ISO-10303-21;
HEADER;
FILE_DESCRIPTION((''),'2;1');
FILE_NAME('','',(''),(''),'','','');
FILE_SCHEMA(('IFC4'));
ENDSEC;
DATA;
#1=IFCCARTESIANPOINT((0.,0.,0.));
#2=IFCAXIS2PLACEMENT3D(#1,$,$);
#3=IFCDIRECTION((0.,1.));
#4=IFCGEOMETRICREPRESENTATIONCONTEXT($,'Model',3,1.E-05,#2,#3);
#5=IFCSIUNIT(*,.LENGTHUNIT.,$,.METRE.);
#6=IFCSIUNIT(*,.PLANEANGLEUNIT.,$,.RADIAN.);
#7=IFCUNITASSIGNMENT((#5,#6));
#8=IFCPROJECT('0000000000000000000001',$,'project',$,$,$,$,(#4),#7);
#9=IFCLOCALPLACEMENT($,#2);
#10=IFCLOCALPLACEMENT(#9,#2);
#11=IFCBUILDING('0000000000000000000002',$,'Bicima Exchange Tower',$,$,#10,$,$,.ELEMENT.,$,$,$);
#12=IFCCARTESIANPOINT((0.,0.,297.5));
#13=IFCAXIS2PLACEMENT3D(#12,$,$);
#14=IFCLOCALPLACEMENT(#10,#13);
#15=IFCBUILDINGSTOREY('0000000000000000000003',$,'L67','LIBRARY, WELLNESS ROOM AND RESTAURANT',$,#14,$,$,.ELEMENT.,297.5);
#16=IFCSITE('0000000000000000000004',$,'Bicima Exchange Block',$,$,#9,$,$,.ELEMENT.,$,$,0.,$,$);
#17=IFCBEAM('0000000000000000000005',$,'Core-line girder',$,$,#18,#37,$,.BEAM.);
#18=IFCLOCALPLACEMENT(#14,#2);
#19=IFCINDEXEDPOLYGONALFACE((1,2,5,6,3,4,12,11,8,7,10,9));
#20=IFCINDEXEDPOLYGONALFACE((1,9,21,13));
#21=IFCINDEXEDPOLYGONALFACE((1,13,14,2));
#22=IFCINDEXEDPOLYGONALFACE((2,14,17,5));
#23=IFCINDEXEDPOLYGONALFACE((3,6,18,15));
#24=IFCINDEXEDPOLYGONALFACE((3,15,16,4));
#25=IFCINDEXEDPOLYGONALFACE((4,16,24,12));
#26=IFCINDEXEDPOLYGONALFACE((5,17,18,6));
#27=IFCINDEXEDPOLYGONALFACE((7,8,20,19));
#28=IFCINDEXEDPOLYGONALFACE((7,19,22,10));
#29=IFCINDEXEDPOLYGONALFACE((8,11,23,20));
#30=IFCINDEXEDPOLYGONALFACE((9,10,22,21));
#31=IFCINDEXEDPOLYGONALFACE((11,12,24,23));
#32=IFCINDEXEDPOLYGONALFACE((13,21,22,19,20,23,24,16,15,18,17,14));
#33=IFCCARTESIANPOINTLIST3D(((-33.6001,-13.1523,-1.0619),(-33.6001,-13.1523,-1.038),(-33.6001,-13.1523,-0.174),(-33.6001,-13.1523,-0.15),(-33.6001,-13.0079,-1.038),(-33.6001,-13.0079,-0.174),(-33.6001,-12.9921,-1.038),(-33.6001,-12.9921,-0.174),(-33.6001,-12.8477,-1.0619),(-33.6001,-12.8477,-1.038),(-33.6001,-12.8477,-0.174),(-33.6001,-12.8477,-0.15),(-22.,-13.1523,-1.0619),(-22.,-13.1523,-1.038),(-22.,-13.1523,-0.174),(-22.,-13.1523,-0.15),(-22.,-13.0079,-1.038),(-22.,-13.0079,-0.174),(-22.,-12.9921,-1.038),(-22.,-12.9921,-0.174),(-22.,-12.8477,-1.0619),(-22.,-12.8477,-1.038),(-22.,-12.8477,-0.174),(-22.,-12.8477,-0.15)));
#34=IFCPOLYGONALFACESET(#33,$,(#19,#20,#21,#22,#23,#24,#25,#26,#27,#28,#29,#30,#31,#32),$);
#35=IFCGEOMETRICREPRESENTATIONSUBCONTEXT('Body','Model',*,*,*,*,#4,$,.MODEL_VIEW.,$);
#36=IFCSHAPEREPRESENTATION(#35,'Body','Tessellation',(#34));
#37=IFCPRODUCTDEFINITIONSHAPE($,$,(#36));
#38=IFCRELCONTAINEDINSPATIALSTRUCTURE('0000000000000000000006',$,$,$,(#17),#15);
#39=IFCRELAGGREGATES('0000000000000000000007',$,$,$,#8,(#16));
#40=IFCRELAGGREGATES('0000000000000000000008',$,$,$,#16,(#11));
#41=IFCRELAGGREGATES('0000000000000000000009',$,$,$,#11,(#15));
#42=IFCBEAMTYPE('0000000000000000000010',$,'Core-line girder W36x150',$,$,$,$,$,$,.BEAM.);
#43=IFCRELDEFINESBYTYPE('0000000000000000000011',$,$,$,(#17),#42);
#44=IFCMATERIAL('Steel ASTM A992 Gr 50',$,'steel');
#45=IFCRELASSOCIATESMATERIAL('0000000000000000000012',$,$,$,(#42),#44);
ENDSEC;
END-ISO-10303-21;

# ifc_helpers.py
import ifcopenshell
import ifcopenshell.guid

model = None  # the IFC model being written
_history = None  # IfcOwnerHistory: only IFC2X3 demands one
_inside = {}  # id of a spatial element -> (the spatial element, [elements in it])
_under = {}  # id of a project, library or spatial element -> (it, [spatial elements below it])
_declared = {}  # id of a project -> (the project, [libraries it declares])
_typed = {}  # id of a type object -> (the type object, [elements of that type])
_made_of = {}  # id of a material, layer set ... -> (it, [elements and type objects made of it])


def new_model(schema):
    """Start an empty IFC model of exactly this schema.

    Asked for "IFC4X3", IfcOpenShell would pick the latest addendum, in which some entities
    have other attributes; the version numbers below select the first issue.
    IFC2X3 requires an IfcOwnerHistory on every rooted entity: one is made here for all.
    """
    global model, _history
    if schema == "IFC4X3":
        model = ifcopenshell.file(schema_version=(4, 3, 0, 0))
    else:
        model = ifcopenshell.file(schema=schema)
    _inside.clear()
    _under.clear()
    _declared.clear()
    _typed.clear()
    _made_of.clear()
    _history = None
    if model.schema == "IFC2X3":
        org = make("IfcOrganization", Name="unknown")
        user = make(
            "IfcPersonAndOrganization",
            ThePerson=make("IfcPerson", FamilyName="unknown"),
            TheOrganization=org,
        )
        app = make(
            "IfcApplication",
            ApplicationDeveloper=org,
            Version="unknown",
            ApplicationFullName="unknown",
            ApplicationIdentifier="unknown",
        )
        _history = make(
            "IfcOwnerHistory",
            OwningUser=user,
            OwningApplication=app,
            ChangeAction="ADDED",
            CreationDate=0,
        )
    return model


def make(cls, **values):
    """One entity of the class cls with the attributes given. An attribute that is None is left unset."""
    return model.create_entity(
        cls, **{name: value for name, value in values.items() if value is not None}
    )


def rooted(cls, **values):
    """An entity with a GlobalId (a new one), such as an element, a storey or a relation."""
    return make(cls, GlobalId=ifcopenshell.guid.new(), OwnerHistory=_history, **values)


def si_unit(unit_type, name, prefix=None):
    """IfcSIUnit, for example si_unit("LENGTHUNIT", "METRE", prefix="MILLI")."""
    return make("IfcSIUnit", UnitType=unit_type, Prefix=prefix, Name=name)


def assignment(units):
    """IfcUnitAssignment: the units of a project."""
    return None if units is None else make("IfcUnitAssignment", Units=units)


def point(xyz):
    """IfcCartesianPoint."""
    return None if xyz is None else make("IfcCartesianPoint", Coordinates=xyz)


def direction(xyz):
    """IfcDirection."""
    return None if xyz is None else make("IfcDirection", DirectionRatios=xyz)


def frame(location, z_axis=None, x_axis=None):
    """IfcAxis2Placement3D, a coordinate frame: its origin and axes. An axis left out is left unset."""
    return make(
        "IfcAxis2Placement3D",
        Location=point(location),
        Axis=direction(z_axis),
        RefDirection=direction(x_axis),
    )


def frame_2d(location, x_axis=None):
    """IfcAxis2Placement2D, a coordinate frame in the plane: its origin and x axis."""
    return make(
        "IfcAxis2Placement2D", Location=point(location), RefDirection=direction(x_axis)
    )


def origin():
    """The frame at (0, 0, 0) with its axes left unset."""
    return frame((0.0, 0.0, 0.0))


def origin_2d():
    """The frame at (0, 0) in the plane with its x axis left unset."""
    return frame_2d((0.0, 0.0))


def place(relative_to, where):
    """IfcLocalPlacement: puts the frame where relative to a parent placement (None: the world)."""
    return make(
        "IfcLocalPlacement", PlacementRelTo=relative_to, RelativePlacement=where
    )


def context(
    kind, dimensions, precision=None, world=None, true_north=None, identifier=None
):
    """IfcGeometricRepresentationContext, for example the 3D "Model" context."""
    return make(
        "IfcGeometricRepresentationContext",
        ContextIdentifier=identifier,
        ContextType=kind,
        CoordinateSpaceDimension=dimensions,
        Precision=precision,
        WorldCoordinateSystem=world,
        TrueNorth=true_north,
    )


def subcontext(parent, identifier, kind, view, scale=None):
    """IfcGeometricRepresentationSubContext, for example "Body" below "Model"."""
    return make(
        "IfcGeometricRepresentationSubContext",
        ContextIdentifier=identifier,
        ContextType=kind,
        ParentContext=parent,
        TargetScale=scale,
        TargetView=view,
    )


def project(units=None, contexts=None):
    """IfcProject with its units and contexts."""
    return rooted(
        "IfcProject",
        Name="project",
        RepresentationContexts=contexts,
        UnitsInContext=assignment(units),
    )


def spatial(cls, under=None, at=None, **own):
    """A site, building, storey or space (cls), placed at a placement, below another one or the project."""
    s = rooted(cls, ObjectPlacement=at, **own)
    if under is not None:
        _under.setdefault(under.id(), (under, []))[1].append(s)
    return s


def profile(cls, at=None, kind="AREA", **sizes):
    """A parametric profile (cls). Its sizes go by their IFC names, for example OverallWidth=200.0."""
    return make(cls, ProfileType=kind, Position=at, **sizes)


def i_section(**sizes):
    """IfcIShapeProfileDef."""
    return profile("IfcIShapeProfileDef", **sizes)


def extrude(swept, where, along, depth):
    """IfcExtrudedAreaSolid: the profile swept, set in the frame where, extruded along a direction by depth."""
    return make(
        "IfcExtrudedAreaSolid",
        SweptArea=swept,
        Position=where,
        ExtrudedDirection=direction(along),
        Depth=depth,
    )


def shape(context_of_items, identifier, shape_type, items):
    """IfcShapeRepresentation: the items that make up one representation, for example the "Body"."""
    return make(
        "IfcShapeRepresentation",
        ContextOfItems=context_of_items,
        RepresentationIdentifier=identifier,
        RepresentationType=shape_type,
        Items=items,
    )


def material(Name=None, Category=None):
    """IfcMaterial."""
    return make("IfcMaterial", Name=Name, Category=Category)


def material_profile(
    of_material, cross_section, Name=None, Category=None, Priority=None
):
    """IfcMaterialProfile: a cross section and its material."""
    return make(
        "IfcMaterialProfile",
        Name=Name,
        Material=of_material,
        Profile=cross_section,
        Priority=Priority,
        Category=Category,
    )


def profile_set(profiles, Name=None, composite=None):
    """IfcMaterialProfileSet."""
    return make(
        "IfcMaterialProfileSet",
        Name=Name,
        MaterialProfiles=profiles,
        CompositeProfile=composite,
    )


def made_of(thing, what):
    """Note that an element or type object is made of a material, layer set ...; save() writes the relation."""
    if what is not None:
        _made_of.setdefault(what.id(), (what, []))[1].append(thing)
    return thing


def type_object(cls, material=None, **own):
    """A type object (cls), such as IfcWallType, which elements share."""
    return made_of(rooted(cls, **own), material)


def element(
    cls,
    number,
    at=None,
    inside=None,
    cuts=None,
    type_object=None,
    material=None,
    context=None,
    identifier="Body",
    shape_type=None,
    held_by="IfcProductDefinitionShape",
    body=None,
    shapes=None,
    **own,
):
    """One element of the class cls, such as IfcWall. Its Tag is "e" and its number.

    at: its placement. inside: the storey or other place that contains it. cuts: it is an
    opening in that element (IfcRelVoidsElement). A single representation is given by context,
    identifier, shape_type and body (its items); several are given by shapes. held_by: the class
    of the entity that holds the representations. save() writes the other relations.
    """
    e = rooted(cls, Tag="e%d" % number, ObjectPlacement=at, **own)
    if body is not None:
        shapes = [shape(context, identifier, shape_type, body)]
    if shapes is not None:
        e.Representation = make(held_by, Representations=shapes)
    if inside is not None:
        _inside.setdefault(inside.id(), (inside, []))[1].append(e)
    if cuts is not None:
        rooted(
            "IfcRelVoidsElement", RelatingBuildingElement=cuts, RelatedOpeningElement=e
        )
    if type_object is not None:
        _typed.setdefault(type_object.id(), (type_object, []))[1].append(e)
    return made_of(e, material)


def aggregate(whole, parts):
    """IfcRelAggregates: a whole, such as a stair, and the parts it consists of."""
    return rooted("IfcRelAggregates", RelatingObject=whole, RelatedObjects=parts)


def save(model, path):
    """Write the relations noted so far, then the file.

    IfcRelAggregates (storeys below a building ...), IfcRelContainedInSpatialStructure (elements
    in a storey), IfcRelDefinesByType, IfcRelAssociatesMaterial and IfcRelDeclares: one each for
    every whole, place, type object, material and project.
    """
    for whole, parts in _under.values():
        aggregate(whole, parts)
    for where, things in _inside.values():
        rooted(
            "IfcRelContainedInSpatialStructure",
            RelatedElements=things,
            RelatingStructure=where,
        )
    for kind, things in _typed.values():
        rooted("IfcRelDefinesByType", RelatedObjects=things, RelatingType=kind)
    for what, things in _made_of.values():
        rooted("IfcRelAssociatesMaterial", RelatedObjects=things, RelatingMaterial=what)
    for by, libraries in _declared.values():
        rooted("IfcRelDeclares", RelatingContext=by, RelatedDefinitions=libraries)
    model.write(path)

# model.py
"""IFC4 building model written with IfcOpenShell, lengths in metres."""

from ifc_helpers import new_model, si_unit, direction, frame, origin, origin_2d, place, context, subcontext, project, spatial, i_section, extrude, material, material_profile, profile_set, type_object, element, save


model = new_model("IFC4")

# Units and contexts
model_context = context("Model", 3, precision=1e-05, world=origin(), true_north=direction((0.0, 1.0)))
body_context = subcontext(model_context, "Body", "Model", "MODEL_VIEW")
ifc_project = project(units=[si_unit("LENGTHUNIT", "METRE"), si_unit("PLANEANGLEUNIT", "RADIAN")], contexts=[model_context])

# Site, building, storey
site_placement = place(None, origin())
site = spatial("IfcSite", under=ifc_project, at=site_placement, Name="Bicima Exchange Block", CompositionType="ELEMENT", RefElevation=0.0)
building_placement = place(site_placement, origin())
building = spatial("IfcBuilding", under=site, at=building_placement, Name="Bicima Exchange Tower", CompositionType="ELEMENT")
storey_placement = place(building_placement, frame((0.0, 0.0, 297.5)))
storey = spatial("IfcBuildingStorey", under=building, at=storey_placement, Name="L67", Description="LIBRARY, WELLNESS ROOM AND RESTAURANT", CompositionType="ELEMENT", Elevation=297.5)

# Beam
ifc_material_1 = material(Name="Steel ASTM A992 Gr 50", Category="steel")
ifc_material_profile = material_profile(ifc_material_1, i_section(OverallWidth=0.3047, OverallDepth=0.9119, WebThickness=0.0159, FlangeThickness=0.0239, at=origin_2d()))
ifc_profile_set = profile_set([ifc_material_profile], Name="Steel ASTM A992 Gr 50")
beam_type = type_object("IfcBeamType", Name="Core-line girder W36x150", PredefinedType="BEAM", material=ifc_profile_set)
beam_placement = place(storey_placement, frame((-22.0, -13.0, -0.606), z_axis=(-1.0, 0.0, 0.0), x_axis=(0.0, -1.0, 0.0)))
element("IfcBeam", 1, at=beam_placement, inside=storey, type_object=beam_type, Name="Core-line girder", PredefinedType="BEAM", context=body_context, shape_type="SweptSolid", body=[
    extrude(i_section(OverallWidth=0.3047, OverallDepth=0.9119, WebThickness=0.0159, FlangeThickness=0.0239, at=origin_2d()), origin(), (0.0, 0.0, 1.0), 11.6001),
])

save(model, "model.ifc")
